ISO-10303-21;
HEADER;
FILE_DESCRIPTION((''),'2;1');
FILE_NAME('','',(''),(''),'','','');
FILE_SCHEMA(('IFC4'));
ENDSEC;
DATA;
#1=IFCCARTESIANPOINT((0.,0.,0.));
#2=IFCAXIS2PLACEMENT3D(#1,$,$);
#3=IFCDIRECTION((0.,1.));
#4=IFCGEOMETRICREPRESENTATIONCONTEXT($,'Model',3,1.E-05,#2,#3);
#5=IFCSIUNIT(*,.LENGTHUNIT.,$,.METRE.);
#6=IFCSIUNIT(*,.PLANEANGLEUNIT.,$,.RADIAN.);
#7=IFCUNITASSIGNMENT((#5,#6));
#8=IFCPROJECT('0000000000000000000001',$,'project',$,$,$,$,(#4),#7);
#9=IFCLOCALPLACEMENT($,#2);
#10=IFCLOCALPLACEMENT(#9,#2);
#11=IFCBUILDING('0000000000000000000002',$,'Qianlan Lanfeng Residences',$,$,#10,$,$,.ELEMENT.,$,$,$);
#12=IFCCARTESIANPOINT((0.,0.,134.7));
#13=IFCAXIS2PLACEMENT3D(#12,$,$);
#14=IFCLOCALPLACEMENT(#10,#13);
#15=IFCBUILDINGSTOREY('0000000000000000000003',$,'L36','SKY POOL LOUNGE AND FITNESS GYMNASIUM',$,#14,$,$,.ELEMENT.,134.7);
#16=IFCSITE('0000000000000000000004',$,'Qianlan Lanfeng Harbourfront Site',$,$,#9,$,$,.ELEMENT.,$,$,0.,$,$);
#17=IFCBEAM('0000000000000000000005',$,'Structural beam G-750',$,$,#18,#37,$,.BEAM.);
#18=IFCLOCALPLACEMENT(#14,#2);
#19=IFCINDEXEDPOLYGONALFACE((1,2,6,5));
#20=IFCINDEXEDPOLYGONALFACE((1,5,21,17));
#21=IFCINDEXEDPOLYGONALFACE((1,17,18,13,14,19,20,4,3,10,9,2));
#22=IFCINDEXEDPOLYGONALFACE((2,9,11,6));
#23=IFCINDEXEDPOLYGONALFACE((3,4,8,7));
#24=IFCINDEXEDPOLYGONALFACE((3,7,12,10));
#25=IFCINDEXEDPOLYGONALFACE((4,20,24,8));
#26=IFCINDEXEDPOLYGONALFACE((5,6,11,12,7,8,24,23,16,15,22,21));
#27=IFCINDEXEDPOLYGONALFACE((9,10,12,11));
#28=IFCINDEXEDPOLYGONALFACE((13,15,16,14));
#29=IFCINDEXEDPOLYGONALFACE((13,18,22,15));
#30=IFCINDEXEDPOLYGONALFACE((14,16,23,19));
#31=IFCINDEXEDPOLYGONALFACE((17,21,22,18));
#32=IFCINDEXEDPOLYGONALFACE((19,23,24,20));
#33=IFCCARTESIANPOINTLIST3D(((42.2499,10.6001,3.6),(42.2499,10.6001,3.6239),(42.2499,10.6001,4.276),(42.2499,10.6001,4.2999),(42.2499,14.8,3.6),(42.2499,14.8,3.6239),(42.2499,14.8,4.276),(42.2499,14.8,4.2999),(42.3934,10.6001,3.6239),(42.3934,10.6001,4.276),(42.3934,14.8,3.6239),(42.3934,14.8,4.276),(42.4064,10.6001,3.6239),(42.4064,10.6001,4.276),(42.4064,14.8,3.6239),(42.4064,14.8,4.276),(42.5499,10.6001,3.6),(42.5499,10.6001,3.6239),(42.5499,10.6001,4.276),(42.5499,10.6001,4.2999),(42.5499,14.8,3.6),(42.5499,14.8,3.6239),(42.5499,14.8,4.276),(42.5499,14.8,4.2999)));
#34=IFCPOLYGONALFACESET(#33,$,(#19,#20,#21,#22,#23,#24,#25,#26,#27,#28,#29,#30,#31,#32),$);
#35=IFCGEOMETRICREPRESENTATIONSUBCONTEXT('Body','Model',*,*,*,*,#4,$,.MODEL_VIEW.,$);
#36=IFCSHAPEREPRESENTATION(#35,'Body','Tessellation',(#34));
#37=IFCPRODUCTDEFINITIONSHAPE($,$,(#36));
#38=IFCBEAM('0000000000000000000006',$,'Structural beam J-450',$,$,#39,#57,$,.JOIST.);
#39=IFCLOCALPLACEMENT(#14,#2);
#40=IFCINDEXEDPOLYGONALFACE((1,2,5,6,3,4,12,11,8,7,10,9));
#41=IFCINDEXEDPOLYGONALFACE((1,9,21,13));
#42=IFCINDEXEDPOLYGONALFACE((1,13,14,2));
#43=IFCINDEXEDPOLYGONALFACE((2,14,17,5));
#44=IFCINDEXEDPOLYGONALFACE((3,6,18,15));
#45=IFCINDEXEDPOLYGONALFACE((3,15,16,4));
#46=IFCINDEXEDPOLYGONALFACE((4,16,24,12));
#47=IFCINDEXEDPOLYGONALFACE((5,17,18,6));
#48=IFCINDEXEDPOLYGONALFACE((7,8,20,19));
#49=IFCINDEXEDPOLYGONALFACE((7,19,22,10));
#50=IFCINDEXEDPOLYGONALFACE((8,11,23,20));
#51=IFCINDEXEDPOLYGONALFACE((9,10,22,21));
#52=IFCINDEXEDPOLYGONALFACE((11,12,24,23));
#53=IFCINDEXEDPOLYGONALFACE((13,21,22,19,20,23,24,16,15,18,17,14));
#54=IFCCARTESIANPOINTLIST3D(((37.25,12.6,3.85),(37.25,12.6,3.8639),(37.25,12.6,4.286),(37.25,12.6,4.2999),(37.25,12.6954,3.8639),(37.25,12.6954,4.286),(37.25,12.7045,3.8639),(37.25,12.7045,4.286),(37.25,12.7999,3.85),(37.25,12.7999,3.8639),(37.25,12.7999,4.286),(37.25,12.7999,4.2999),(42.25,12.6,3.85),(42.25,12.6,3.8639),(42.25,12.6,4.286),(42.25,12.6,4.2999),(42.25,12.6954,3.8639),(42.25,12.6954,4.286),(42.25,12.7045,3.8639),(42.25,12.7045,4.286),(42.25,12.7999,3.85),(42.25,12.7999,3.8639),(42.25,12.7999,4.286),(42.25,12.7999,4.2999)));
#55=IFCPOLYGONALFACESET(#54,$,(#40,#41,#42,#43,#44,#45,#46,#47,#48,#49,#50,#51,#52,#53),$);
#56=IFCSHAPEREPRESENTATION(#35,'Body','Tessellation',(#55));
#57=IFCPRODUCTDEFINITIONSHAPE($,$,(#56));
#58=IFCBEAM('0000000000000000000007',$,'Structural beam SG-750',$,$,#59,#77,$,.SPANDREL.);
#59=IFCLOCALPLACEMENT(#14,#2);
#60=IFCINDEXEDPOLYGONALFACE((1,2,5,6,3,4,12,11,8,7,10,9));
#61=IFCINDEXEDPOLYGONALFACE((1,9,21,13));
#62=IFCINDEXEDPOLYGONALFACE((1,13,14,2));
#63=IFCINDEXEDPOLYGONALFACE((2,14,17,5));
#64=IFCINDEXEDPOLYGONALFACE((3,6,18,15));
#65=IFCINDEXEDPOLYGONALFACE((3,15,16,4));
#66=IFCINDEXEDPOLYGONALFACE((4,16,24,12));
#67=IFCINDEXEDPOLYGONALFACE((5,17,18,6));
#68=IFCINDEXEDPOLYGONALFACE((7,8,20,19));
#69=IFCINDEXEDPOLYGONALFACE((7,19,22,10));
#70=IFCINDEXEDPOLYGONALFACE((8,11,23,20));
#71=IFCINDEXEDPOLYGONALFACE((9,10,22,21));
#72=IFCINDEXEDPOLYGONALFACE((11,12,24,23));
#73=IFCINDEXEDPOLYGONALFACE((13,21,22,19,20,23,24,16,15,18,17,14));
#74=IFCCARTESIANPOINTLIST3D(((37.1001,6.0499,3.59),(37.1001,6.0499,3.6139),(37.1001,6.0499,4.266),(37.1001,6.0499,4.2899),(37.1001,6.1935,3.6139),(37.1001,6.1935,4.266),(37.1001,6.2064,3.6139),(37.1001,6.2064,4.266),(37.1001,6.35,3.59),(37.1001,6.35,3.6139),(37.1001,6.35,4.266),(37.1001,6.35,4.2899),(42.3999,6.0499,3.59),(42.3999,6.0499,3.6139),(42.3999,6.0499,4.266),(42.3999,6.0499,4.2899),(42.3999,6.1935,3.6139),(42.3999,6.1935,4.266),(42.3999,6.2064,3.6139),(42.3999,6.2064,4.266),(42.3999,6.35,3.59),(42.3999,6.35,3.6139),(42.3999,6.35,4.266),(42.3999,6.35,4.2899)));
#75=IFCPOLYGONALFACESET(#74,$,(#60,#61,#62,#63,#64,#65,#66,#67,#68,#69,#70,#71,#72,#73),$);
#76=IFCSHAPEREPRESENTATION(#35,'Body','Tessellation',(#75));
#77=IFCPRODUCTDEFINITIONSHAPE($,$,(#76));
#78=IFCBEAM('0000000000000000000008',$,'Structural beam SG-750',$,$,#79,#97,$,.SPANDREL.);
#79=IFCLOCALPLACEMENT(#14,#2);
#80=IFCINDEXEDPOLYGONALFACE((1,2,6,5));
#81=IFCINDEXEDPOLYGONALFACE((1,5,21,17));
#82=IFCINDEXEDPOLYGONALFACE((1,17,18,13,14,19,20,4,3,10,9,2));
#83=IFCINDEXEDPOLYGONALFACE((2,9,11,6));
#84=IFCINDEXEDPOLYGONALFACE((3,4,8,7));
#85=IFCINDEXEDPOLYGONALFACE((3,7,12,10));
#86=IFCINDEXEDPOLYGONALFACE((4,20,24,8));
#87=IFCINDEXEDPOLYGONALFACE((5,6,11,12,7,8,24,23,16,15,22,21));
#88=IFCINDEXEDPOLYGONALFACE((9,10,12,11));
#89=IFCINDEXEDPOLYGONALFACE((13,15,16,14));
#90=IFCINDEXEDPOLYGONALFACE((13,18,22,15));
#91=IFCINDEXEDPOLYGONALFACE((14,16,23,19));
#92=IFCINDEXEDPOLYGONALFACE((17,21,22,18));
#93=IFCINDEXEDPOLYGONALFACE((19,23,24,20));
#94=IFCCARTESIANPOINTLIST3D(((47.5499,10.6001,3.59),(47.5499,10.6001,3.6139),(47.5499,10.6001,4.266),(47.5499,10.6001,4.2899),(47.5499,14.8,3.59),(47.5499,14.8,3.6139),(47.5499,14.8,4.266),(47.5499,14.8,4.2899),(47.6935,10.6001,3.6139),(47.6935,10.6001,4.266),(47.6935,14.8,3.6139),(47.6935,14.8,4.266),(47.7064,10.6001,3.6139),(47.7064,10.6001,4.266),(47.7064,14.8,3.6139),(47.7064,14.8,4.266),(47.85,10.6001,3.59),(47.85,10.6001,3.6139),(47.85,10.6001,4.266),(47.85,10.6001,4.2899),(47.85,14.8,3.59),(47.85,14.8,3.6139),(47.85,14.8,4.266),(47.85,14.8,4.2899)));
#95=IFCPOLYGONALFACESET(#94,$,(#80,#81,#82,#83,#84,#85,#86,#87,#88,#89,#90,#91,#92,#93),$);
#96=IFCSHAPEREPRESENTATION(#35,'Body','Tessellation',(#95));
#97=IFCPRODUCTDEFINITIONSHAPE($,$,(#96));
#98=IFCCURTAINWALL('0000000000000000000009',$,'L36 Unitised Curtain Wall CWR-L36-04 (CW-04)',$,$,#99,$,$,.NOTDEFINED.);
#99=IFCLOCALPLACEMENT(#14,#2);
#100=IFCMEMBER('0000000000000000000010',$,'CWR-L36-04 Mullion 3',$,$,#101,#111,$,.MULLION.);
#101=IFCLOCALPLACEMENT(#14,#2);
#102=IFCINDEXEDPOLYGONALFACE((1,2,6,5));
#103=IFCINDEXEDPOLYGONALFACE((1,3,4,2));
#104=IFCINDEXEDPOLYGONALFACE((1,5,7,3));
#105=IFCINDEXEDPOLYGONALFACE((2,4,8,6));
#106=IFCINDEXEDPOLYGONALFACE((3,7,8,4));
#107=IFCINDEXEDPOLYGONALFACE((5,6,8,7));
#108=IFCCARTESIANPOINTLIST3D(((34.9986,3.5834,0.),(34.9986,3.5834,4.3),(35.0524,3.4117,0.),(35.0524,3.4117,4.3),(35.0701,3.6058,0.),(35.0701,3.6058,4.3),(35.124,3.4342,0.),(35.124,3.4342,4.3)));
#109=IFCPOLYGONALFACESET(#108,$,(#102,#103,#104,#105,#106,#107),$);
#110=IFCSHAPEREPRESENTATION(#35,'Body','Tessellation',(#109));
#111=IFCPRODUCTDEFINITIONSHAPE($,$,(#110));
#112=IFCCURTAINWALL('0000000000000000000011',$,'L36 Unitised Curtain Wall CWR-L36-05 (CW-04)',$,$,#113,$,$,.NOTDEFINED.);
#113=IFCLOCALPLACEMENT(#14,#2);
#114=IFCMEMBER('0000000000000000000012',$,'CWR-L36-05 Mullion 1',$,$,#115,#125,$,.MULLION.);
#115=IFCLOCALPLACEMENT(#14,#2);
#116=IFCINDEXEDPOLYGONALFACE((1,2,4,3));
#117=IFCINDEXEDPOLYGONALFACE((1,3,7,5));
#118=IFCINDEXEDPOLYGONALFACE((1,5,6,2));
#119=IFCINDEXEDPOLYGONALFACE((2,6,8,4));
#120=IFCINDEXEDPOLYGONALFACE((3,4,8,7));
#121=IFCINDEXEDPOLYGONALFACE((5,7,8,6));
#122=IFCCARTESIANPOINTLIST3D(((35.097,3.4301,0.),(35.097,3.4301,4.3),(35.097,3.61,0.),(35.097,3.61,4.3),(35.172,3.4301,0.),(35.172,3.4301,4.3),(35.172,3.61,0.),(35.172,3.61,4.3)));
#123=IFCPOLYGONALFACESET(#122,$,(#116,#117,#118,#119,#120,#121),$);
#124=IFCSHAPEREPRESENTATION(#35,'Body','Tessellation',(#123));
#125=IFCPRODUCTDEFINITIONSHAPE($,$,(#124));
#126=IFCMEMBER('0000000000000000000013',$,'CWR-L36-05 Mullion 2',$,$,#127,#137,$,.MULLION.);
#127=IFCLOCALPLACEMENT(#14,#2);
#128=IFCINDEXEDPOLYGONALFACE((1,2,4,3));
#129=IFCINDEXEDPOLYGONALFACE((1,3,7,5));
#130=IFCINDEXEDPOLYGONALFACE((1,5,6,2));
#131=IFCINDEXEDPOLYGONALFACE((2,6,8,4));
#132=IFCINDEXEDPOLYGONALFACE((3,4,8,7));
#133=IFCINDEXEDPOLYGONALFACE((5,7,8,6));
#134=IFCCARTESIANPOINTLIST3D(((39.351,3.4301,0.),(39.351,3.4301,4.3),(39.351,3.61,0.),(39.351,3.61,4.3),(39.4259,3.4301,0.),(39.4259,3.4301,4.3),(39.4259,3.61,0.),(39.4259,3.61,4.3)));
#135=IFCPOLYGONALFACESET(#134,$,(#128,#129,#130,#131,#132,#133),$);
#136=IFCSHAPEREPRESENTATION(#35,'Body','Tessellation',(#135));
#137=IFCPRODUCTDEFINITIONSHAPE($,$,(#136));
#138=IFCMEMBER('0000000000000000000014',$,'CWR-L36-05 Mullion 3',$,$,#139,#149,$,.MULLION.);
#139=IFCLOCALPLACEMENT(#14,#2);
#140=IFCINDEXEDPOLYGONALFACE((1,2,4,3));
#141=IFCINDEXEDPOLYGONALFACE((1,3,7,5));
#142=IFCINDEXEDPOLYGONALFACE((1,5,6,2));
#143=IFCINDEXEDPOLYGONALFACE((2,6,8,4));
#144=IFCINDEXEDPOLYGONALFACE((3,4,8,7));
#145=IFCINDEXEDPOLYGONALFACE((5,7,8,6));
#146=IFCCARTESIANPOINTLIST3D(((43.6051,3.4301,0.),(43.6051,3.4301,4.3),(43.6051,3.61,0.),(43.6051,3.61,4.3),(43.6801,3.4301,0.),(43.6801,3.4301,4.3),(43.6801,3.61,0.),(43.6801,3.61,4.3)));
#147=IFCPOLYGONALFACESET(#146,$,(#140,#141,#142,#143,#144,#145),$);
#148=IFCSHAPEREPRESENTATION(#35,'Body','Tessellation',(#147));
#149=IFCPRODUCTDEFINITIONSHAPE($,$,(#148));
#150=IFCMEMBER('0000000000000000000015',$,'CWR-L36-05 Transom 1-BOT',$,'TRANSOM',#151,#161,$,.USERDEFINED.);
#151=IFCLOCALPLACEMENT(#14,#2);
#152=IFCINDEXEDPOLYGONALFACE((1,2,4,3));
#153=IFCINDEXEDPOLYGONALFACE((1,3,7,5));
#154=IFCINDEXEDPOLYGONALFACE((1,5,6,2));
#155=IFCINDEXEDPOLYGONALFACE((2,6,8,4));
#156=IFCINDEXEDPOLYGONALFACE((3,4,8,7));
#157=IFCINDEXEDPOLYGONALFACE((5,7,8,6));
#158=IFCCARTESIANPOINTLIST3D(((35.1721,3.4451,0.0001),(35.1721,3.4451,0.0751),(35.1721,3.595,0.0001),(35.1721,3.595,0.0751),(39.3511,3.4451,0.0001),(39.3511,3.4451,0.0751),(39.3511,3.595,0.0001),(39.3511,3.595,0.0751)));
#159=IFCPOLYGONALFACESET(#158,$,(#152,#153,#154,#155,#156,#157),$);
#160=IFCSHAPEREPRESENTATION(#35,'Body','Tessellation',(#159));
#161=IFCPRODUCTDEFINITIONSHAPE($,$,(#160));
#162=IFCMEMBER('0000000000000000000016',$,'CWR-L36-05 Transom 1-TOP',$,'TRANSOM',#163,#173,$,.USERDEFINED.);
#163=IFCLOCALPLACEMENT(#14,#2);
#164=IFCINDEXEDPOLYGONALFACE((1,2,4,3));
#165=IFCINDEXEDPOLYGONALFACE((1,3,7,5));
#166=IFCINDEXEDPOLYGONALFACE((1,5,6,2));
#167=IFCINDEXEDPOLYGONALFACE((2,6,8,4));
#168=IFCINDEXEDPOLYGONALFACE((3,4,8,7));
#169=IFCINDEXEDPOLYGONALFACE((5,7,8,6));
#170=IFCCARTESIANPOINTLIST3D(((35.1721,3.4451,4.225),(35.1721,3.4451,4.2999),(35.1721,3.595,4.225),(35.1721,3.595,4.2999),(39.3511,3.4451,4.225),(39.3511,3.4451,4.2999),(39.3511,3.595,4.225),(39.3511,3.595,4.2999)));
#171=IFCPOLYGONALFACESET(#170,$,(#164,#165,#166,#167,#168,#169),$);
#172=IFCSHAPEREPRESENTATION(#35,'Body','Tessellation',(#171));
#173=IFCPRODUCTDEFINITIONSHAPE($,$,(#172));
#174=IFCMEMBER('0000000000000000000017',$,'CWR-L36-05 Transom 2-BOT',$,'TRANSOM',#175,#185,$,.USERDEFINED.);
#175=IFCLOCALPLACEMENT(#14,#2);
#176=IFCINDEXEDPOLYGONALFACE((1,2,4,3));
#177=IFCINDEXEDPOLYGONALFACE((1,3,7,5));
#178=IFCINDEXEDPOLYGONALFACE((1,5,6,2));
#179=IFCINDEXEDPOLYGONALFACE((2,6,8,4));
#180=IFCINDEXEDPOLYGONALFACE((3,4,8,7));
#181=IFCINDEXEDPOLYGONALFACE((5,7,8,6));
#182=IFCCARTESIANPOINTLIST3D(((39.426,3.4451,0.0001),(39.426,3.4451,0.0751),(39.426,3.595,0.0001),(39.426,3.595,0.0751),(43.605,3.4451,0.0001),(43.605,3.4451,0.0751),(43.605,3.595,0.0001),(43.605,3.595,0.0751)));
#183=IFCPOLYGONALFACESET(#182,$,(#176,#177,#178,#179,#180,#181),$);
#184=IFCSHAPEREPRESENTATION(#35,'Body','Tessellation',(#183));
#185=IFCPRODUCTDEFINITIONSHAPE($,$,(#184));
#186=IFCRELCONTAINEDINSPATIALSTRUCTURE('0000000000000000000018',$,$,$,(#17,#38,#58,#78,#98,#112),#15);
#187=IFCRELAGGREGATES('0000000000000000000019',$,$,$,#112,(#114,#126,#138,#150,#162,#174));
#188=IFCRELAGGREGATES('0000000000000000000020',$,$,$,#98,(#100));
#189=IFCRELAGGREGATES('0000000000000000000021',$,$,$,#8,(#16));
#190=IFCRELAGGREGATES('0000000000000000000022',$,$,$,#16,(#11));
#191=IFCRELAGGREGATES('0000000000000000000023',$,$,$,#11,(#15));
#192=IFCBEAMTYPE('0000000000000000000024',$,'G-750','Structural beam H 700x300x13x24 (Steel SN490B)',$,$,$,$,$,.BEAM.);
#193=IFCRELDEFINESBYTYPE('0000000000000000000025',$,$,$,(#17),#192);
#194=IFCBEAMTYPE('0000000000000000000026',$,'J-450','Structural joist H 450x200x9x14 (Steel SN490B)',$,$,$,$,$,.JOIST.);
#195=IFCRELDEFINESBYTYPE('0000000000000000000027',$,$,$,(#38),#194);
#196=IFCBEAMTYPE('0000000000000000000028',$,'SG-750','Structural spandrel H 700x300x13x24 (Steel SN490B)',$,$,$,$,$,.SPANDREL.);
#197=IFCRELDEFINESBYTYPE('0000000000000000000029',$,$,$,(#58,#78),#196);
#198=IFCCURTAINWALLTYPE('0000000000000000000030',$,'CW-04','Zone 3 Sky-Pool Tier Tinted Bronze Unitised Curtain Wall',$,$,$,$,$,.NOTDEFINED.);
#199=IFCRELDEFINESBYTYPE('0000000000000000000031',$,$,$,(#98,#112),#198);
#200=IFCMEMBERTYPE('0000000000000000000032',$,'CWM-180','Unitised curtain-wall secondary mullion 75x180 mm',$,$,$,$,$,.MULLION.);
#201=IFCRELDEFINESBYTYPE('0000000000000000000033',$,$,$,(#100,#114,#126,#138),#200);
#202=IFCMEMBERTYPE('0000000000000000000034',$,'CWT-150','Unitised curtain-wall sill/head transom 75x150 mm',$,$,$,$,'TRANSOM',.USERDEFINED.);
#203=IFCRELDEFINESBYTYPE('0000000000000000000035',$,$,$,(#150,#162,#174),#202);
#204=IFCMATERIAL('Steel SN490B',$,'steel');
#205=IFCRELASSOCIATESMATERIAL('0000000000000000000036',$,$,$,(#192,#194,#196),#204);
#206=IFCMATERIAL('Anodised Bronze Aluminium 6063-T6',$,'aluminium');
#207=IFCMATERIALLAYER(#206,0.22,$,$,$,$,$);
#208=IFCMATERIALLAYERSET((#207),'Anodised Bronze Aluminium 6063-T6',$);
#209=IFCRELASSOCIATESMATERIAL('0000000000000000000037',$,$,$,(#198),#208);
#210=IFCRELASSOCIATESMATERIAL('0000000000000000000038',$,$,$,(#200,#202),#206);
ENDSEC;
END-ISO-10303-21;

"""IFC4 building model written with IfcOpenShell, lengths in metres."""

from ifc_helpers import new_model, si_unit, direction, frame, origin, origin_2d, place, context, subcontext, project, spatial, rectangle, i_section, extrude, source, transform, mapped, material, layer, layer_set, material_profile, profile_set, type_object, element, aggregate, save


model = new_model("IFC4")

# Units and contexts
model_context = context("Model", 3, precision=1e-05, world=origin(), true_north=direction((0.0, 1.0)))
body_context = subcontext(model_context, "Body", "Model", "MODEL_VIEW")
ifc_project = project(units=[si_unit("LENGTHUNIT", "METRE"), si_unit("PLANEANGLEUNIT", "RADIAN")], contexts=[model_context])

# Site, building, storey
site_placement = place(None, origin())
site = spatial("IfcSite", under=ifc_project, at=site_placement, Name="Qianlan Lanfeng Harbourfront Site", CompositionType="ELEMENT", RefElevation=0.0)
building_placement = place(site_placement, origin())
building = spatial("IfcBuilding", under=site, at=building_placement, Name="Qianlan Lanfeng Residences", CompositionType="ELEMENT")
storey_placement = place(building_placement, frame((0.0, 0.0, 134.7)))
storey = spatial("IfcBuildingStorey", under=building, at=storey_placement, Name="L36", Description="SKY POOL LOUNGE AND FITNESS GYMNASIUM", CompositionType="ELEMENT", Elevation=134.7)

# Shared definitions
ifc_material_1 = material(Name="Steel SN490B", Category="steel")

# Beams
ifc_material_profile_1 = material_profile(ifc_material_1, i_section(OverallWidth=0.3, OverallDepth=0.7, WebThickness=0.0129, FlangeThickness=0.0239, at=origin_2d()), Name="H 700x300x13x24")
ifc_profile_set_1 = profile_set([ifc_material_profile_1], Name="Steel SN490B")
beam_type_1 = type_object("IfcBeamType", Name="G-750", Description="Structural beam H 700x300x13x24 (Steel SN490B)", PredefinedType="BEAM", material=ifc_profile_set_1)
beam_1_placement = place(storey_placement, frame((42.3999, 10.6001, 3.95), z_axis=(0.0, 1.0, 0.0), x_axis=(-1.0, 0.0, 0.0)))
element("IfcBeam", 1, at=beam_1_placement, inside=storey, type_object=beam_type_1, Name="Structural beam G-750", PredefinedType="BEAM", context=body_context, shape_type="SweptSolid", body=[
    extrude(i_section(OverallWidth=0.3, OverallDepth=0.7, WebThickness=0.0129, FlangeThickness=0.0239, at=origin_2d()), origin(), (0.0, 0.0, 1.0), 4.2),
])
ifc_material_profile_2 = material_profile(ifc_material_1, i_section(OverallWidth=0.2, OverallDepth=0.45, WebThickness=0.009, FlangeThickness=0.0139, at=origin_2d()), Name="H 450x200x9x14")
ifc_profile_set_2 = profile_set([ifc_material_profile_2], Name="Steel SN490B")
beam_type_2 = type_object("IfcBeamType", Name="J-450", Description="Structural joist H 450x200x9x14 (Steel SN490B)", PredefinedType="JOIST", material=ifc_profile_set_2)
beam_2_placement = place(storey_placement, frame((37.25, 12.7, 4.075), z_axis=(1.0, 0.0, 0.0), x_axis=(0.0, 1.0, 0.0)))
element("IfcBeam", 2, at=beam_2_placement, inside=storey, type_object=beam_type_2, Name="Structural beam J-450", PredefinedType="JOIST", context=body_context, shape_type="SweptSolid", body=[
    extrude(i_section(OverallWidth=0.2, OverallDepth=0.45, WebThickness=0.009, FlangeThickness=0.0139, at=origin_2d()), origin(), (0.0, 0.0, 1.0), 5.0),
])
ifc_material_profile_3 = material_profile(ifc_material_1, i_section(OverallWidth=0.3, OverallDepth=0.7, WebThickness=0.0129, FlangeThickness=0.0239, at=origin_2d()), Name="H 700x300x13x24")
ifc_profile_set_3 = profile_set([ifc_material_profile_3], Name="Steel SN490B")
beam_type_3 = type_object("IfcBeamType", Name="SG-750", Description="Structural spandrel H 700x300x13x24 (Steel SN490B)", PredefinedType="SPANDREL", material=ifc_profile_set_3)
beam_3_placement = place(storey_placement, frame((37.1001, 6.2, 3.9399), z_axis=(1.0, 0.0, 0.0), x_axis=(0.0, 1.0, 0.0)))
element("IfcBeam", 3, at=beam_3_placement, inside=storey, type_object=beam_type_3, Name="Structural beam SG-750", PredefinedType="SPANDREL", context=body_context, shape_type="SweptSolid", body=[
    extrude(i_section(OverallWidth=0.3, OverallDepth=0.7, WebThickness=0.0129, FlangeThickness=0.0239, at=origin_2d()), origin(), (0.0, 0.0, 1.0), 5.2998),
])
beam_4_placement = place(storey_placement, frame((47.7, 10.6001, 3.9399), z_axis=(0.0, 1.0, 0.0), x_axis=(-1.0, 0.0, 0.0)))
element("IfcBeam", 4, at=beam_4_placement, inside=storey, type_object=beam_type_3, Name="Structural beam SG-750", PredefinedType="SPANDREL", context=body_context, shape_type="SweptSolid", body=[
    extrude(i_section(OverallWidth=0.3, OverallDepth=0.7, WebThickness=0.0129, FlangeThickness=0.0239, at=origin_2d()), origin(), (0.0, 0.0, 1.0), 4.2),
])

# Curtain wall, member
ifc_material_2 = material(Name="Anodised Bronze Aluminium 6063-T6", Category="aluminium")
ifc_layer_1 = layer(ifc_material_2, 0.22)
ifc_layer_set_1 = layer_set([ifc_layer_1], Name="Anodised Bronze Aluminium 6063-T6")
curtain_wall_type = type_object("IfcCurtainWallType", Name="CW-04", Description="Zone 3 Sky-Pool Tier Tinted Bronze Unitised Curtain Wall", PredefinedType="NOTDEFINED", material=ifc_layer_set_1)
curtain_wall_1_placement = place(storey_placement, origin())
curtain_wall_1 = element("IfcCurtainWall", 5, at=curtain_wall_1_placement, inside=storey, type_object=curtain_wall_type, Name="L36 Unitised Curtain Wall CWR-L36-04 (CW-04)", PredefinedType="NOTDEFINED")
ifc_material_profile_4 = material_profile(ifc_material_2, rectangle(XDim=0.075, YDim=0.1799, at=origin_2d()), Name="ALU MULLION 75x180")
ifc_profile_set_4 = profile_set([ifc_material_profile_4], Name="Anodised Bronze Aluminium 6063-T6")
member_type_1 = type_object("IfcMemberType", Name="CWM-180", Description="Unitised curtain-wall secondary mullion 75x180 mm", PredefinedType="MULLION", material=ifc_profile_set_4)
shared_shape_1 = source(origin(), body_context, "Body", "SweptSolid", [
    extrude(rectangle(XDim=0.075, YDim=0.1799, at=origin_2d()), origin(), (0.0, 0.0, 1.0), 4.3),
])
member_1_placement = place(storey_placement, frame((35.0613, 3.5088, 0.0), z_axis=(0.0, 0.0, 1.0), x_axis=(0.954196, 0.299182, 0.0)))
member_1 = element("IfcMember", 6, at=member_1_placement, type_object=member_type_1, Name="CWR-L36-04 Mullion 3", PredefinedType="MULLION", context=body_context, shape_type="MappedRepresentation", body=[
    mapped(shared_shape_1, transform((0.0, 0.0, 0.0), scale=1.0)),
])

# Curtain wall, members
curtain_wall_2_placement = place(storey_placement, origin())
curtain_wall_2 = element("IfcCurtainWall", 7, at=curtain_wall_2_placement, inside=storey, type_object=curtain_wall_type, Name="L36 Unitised Curtain Wall CWR-L36-05 (CW-04)", PredefinedType="NOTDEFINED")
member_2_placement = place(storey_placement, frame((35.1345, 3.52, 0.0), z_axis=(0.0, 0.0, 1.0), x_axis=(1.0, 0.0, 0.0)))
member_2 = element("IfcMember", 8, at=member_2_placement, type_object=member_type_1, Name="CWR-L36-05 Mullion 1", PredefinedType="MULLION", context=body_context, shape_type="MappedRepresentation", body=[
    mapped(shared_shape_1, transform((0.0, 0.0, 0.0), scale=1.0)),
])
member_3_placement = place(storey_placement, frame((39.3884, 3.52, 0.0), z_axis=(0.0, 0.0, 1.0), x_axis=(1.0, 0.0, 0.0)))
member_3 = element("IfcMember", 9, at=member_3_placement, type_object=member_type_1, Name="CWR-L36-05 Mullion 2", PredefinedType="MULLION", context=body_context, shape_type="MappedRepresentation", body=[
    mapped(shared_shape_1, transform((0.0, 0.0, 0.0), scale=1.0)),
])
member_4_placement = place(storey_placement, frame((43.6426, 3.52, 0.0), z_axis=(0.0, 0.0, 1.0), x_axis=(1.0, 0.0, 0.0)))
member_4 = element("IfcMember", 10, at=member_4_placement, type_object=member_type_1, Name="CWR-L36-05 Mullion 3", PredefinedType="MULLION", context=body_context, shape_type="MappedRepresentation", body=[
    mapped(shared_shape_1, transform((0.0, 0.0, 0.0), scale=1.0)),
])
ifc_material_profile_5 = material_profile(ifc_material_2, rectangle(XDim=0.075, YDim=0.1499, at=origin_2d()), Name="ALU TRANSOM 75x150")
ifc_profile_set_5 = profile_set([ifc_material_profile_5], Name="Anodised Bronze Aluminium 6063-T6")
member_type_2 = type_object("IfcMemberType", Name="CWT-150", Description="Unitised curtain-wall sill/head transom 75x150 mm", ElementType="TRANSOM", PredefinedType="USERDEFINED", material=ifc_profile_set_5)
shared_shape_2 = source(origin(), body_context, "Body", "SweptSolid", [
    extrude(rectangle(XDim=0.075, YDim=0.1499, at=origin_2d()), origin(), (0.0, 0.0, 1.0), 4.179),
])
member_5_placement = place(storey_placement, frame((35.1721, 3.52, 0.0376), z_axis=(1.0, 0.0, 0.0), x_axis=(0.0, 0.0, 1.0)))
member_5 = element("IfcMember", 11, at=member_5_placement, type_object=member_type_2, Name="CWR-L36-05 Transom 1-BOT", ObjectType="TRANSOM", PredefinedType="USERDEFINED", context=body_context, shape_type="MappedRepresentation", body=[
    mapped(shared_shape_2, transform((0.0, 0.0, 0.0), scale=1.0)),
])
member_6_placement = place(storey_placement, frame((35.1721, 3.52, 4.2625), z_axis=(1.0, 0.0, 0.0), x_axis=(0.0, 0.0, 1.0)))
member_6 = element("IfcMember", 12, at=member_6_placement, type_object=member_type_2, Name="CWR-L36-05 Transom 1-TOP", ObjectType="TRANSOM", PredefinedType="USERDEFINED", context=body_context, shape_type="MappedRepresentation", body=[
    mapped(shared_shape_2, transform((0.0, 0.0, 0.0), scale=1.0)),
])
member_7_placement = place(storey_placement, frame((39.426, 3.52, 0.0376), z_axis=(1.0, 0.0, 0.0), x_axis=(0.0, 0.0, 1.0)))
member_7 = element("IfcMember", 13, at=member_7_placement, type_object=member_type_2, Name="CWR-L36-05 Transom 2-BOT", ObjectType="TRANSOM", PredefinedType="USERDEFINED", context=body_context, shape_type="MappedRepresentation", body=[
    mapped(shared_shape_2, transform((0.0, 0.0, 0.0), scale=1.0)),
])

aggregate(curtain_wall_2, [member_2, member_3, member_4, member_5, member_6, member_7])
aggregate(curtain_wall_1, [member_1])

save(model, "model.ifc")
